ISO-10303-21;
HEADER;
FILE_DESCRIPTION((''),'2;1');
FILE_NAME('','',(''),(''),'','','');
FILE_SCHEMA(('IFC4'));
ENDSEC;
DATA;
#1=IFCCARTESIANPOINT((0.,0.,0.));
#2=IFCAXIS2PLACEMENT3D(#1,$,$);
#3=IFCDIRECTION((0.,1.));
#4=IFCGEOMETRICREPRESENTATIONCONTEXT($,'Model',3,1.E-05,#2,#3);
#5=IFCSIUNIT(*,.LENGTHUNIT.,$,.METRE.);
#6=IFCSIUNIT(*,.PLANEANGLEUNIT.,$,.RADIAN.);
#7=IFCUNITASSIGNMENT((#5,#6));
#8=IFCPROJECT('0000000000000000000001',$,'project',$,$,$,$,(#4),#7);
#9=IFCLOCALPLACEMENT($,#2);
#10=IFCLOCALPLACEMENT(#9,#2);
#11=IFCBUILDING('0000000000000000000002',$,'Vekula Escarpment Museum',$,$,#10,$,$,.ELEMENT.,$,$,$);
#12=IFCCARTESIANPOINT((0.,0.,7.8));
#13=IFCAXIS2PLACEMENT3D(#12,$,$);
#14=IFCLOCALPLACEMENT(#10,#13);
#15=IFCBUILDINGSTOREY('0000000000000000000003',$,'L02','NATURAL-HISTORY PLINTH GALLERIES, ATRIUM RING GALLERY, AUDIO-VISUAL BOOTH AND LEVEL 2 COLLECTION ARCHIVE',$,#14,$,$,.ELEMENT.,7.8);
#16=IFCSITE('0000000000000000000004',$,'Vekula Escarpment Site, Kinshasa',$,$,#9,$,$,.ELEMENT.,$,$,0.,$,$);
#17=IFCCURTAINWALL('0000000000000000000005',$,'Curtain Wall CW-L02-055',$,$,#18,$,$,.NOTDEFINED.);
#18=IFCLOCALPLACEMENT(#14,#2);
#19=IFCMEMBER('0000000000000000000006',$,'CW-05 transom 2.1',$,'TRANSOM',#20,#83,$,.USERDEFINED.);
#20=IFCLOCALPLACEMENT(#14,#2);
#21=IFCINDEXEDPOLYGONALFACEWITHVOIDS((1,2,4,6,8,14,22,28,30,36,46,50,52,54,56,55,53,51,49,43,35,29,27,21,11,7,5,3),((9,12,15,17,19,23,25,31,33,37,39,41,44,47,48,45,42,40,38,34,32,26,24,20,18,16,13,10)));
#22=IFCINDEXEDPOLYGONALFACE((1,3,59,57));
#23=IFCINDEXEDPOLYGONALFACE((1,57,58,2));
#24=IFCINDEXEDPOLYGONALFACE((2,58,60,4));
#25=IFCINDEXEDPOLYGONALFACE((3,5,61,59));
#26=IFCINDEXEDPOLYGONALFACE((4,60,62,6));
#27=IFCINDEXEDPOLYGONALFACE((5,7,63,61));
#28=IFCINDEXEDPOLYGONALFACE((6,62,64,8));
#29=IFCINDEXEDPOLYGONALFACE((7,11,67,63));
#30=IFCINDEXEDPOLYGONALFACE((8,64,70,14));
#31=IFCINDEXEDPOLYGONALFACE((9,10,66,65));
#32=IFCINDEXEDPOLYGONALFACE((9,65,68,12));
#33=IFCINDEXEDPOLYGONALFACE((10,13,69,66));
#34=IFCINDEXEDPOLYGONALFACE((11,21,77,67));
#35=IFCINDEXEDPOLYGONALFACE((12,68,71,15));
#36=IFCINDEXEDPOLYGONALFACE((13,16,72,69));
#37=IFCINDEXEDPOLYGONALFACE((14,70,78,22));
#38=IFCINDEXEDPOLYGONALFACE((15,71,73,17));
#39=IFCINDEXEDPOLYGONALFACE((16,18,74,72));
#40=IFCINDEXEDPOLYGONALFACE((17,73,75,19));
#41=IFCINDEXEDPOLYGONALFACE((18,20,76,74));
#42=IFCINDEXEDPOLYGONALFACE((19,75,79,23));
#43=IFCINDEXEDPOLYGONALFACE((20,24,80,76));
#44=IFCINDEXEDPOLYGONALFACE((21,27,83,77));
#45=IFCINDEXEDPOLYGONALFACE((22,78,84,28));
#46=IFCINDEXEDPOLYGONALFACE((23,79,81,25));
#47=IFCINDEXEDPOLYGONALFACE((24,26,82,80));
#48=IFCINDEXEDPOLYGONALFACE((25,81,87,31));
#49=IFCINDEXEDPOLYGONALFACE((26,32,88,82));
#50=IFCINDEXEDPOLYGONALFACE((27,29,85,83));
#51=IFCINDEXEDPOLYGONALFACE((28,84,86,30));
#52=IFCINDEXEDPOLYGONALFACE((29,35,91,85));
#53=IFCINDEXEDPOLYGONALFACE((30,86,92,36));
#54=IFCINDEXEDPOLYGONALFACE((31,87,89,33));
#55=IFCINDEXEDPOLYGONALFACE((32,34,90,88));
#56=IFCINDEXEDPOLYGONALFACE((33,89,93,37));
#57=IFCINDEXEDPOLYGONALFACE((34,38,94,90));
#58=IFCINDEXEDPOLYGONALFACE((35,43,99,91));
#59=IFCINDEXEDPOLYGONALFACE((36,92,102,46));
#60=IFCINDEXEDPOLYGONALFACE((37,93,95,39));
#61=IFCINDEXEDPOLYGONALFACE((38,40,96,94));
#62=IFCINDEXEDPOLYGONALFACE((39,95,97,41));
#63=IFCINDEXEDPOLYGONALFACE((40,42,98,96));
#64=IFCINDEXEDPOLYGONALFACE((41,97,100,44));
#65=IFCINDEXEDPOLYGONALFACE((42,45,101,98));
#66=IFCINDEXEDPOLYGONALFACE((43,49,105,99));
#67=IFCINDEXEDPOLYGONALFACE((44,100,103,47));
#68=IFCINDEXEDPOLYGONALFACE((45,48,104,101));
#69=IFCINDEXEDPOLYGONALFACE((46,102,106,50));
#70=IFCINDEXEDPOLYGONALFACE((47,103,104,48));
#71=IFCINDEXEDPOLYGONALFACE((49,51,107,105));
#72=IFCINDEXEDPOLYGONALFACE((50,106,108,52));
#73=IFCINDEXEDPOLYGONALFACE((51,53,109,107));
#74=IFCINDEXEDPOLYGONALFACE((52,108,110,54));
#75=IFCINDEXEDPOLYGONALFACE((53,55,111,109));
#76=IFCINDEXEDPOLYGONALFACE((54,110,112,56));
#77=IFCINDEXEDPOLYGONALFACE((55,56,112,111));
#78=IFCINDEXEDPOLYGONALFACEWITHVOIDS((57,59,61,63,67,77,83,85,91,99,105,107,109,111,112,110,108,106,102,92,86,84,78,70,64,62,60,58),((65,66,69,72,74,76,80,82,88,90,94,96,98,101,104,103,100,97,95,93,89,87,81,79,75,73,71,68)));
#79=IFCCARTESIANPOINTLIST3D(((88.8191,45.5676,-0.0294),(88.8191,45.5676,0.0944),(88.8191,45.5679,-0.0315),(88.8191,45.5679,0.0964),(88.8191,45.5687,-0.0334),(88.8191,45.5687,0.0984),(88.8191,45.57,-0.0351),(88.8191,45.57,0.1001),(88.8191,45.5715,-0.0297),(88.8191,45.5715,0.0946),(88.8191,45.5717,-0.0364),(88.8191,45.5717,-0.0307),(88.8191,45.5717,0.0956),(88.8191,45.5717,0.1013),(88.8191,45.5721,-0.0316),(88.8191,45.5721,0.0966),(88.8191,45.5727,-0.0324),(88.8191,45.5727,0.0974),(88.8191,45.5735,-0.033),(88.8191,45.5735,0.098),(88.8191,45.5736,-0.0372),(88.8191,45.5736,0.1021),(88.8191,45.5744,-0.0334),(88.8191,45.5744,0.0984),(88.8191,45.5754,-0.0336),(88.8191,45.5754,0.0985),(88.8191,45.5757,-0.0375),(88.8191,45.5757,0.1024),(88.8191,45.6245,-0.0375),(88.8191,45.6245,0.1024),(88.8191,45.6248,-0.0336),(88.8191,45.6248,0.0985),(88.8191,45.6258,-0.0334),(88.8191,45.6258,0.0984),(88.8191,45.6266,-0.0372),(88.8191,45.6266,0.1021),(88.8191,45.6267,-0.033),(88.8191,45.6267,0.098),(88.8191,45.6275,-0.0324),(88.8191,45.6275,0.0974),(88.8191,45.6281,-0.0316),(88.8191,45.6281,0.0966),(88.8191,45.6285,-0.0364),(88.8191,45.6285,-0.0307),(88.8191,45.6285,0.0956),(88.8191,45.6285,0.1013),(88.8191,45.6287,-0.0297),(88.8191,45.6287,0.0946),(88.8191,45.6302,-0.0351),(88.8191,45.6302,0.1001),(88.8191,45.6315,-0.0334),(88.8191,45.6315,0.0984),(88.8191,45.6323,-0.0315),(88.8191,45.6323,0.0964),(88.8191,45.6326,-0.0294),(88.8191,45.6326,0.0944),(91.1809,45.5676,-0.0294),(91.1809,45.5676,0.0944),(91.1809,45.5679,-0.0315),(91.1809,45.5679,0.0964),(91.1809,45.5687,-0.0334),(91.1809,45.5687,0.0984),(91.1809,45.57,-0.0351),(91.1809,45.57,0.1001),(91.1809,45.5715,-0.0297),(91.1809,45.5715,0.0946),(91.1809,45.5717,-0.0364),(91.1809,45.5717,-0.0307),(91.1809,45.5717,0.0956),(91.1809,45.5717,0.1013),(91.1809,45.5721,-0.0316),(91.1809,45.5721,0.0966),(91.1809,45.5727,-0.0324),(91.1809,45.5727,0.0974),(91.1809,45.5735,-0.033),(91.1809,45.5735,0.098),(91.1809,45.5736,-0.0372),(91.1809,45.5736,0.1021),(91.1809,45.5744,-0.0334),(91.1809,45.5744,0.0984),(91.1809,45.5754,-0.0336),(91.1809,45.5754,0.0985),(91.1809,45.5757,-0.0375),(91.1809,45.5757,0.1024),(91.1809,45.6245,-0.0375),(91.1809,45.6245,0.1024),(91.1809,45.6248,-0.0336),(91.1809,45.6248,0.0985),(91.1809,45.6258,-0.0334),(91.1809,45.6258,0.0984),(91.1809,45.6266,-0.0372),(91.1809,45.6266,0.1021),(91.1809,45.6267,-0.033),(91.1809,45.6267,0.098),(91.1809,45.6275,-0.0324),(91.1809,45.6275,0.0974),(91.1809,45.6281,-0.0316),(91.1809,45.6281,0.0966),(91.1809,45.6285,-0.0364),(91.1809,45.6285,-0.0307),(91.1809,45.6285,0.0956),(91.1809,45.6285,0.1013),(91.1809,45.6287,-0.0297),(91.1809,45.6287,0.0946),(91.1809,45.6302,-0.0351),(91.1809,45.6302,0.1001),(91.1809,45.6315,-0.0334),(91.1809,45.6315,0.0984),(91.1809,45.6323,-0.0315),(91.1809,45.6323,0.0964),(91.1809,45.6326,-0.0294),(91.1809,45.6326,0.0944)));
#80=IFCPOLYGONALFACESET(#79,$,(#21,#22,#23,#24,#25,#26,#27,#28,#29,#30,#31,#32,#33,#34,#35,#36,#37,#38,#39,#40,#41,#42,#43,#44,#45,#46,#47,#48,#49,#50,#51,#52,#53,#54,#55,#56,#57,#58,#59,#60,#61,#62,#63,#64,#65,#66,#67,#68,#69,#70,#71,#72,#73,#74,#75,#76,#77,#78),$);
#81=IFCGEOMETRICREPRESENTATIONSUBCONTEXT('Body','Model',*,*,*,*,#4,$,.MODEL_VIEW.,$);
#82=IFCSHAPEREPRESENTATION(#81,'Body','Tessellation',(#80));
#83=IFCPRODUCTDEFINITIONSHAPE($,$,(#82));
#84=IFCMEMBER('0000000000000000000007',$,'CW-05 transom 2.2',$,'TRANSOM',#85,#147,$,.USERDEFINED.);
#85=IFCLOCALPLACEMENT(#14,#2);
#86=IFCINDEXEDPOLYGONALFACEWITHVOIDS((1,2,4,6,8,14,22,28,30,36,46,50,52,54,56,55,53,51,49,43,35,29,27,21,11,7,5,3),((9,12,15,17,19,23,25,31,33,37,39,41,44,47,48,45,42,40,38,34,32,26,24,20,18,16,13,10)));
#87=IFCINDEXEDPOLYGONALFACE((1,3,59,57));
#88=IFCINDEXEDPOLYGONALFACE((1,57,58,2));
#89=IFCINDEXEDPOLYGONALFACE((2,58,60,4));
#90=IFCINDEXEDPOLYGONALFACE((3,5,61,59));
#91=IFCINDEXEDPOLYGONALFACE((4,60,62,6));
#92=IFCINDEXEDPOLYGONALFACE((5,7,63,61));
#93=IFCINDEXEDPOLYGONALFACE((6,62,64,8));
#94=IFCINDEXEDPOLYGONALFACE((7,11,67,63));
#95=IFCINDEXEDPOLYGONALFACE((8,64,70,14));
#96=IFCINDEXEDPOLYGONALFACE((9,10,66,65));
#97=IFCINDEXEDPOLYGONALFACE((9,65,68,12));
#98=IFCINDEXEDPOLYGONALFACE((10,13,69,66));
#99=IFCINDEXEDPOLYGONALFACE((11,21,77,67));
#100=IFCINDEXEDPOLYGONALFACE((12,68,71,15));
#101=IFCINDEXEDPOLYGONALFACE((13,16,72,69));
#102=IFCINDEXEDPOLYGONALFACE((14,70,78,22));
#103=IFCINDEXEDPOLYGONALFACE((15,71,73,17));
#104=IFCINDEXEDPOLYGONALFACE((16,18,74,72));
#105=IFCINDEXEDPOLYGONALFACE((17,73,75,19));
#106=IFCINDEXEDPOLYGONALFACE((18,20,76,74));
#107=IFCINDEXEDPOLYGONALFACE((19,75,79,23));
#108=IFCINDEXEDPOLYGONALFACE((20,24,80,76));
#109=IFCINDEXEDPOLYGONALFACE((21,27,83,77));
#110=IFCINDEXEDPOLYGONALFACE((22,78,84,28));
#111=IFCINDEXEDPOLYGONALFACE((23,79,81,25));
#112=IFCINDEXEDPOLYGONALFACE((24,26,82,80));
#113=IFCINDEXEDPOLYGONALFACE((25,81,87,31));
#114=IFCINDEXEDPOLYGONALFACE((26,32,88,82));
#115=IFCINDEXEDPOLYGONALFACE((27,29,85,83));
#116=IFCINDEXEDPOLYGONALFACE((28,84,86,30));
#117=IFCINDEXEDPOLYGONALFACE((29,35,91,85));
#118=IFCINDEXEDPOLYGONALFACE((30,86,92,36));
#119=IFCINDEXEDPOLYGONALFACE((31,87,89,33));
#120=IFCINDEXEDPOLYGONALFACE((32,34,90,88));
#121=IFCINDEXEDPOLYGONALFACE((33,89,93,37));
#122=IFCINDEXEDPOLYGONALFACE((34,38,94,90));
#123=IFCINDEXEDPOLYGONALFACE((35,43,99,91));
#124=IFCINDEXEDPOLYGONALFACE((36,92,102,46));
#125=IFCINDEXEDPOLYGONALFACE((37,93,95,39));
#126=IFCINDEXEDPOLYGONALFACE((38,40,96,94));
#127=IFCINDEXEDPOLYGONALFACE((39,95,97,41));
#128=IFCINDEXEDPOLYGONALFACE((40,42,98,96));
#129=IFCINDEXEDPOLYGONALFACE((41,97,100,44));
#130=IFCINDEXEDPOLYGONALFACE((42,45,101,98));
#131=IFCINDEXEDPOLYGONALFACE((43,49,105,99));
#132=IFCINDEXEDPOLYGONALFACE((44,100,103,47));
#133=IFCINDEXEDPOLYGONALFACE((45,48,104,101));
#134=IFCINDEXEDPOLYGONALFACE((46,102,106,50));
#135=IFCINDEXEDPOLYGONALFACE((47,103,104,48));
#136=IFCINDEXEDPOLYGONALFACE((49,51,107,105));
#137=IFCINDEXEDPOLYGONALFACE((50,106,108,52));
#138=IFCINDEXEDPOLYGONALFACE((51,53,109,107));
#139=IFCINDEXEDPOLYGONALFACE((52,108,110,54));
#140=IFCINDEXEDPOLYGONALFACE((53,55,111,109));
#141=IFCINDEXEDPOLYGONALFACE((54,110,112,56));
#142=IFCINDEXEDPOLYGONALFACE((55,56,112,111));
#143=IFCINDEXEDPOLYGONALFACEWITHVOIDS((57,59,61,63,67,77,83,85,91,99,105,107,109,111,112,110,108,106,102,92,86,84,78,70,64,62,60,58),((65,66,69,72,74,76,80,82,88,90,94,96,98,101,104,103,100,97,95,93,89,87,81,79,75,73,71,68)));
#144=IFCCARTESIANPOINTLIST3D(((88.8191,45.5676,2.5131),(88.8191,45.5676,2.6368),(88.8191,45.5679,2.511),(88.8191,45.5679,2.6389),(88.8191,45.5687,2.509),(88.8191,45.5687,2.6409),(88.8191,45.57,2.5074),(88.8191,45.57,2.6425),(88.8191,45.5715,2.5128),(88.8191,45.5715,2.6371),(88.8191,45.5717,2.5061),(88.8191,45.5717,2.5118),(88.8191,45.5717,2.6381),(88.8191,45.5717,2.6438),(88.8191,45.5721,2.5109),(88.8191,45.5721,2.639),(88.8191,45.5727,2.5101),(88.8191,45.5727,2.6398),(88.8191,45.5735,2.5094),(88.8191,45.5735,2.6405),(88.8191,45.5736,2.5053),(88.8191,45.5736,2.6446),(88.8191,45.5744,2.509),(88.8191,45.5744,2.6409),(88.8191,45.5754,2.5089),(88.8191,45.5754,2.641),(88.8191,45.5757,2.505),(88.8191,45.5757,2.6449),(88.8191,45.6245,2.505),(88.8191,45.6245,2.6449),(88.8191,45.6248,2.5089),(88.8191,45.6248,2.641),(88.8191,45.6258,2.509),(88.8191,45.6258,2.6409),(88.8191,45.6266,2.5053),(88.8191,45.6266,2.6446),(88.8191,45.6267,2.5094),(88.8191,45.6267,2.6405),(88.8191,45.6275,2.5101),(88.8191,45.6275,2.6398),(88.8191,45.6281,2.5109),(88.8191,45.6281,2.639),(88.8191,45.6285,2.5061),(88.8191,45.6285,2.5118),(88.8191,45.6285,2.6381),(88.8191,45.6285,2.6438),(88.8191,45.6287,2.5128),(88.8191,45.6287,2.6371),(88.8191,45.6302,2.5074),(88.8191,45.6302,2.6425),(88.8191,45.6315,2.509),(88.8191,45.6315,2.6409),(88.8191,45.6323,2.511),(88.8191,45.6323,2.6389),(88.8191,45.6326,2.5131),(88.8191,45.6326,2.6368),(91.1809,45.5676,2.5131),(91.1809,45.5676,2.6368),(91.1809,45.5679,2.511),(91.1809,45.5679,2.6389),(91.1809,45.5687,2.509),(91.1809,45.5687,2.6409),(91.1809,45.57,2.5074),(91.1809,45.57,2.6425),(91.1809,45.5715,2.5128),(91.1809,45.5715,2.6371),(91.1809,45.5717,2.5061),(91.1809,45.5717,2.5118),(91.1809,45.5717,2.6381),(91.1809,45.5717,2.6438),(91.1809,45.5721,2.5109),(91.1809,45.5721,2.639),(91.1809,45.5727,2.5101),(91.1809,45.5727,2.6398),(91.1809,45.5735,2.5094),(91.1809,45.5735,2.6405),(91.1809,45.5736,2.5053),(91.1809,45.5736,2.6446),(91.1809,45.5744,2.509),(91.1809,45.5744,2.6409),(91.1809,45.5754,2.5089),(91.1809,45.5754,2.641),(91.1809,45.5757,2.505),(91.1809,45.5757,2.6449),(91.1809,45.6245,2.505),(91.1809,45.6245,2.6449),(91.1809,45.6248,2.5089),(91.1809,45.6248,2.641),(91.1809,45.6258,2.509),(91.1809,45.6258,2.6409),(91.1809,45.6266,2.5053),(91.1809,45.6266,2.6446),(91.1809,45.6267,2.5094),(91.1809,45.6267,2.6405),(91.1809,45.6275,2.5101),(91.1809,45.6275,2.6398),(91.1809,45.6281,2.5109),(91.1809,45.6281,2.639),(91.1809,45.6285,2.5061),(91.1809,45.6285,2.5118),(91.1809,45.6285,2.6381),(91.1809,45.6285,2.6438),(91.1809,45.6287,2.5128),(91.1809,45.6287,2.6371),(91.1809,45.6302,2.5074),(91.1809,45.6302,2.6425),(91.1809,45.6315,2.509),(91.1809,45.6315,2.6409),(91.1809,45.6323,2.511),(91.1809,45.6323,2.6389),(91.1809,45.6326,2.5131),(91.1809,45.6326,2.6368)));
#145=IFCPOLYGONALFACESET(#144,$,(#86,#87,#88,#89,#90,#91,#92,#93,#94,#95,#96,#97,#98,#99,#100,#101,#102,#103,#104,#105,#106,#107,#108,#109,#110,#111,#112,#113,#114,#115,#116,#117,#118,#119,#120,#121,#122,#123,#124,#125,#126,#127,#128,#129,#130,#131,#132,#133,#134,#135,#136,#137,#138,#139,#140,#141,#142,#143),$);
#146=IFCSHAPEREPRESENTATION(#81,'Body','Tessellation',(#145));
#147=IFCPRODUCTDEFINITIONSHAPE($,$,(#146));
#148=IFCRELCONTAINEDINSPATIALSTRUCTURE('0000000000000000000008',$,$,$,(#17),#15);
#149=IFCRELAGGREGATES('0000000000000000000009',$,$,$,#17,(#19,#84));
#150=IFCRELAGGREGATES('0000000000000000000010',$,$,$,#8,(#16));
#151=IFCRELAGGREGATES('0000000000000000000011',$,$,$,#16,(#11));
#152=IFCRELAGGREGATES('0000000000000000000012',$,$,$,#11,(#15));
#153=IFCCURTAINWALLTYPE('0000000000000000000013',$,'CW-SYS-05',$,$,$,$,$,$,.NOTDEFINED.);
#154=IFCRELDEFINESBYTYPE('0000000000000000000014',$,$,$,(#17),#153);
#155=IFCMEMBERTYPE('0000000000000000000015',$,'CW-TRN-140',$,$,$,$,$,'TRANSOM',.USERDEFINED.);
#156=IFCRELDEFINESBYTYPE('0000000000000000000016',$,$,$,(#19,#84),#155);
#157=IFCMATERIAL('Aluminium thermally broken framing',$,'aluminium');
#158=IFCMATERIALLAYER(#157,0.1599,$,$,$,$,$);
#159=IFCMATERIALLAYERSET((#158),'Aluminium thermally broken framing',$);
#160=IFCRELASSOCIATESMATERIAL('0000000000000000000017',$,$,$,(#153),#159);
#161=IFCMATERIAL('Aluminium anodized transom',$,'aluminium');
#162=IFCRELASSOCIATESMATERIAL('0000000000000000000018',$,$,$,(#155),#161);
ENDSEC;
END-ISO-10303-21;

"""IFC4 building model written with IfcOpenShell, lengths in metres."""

from ifc_helpers import new_model, si_unit, direction, frame, origin, origin_2d, place, context, subcontext, project, spatial, hollow_rectangle, extrude, material, layer, layer_set, material_profile, profile_set, type_object, element, aggregate, save


model = new_model("IFC4")

# Units and contexts
model_context = context("Model", 3, precision=1e-05, world=origin(), true_north=direction((0.0, 1.0)))
body_context = subcontext(model_context, "Body", "Model", "MODEL_VIEW")
ifc_project = project(units=[si_unit("LENGTHUNIT", "METRE"), si_unit("PLANEANGLEUNIT", "RADIAN")], contexts=[model_context])

# Site, building, storey
site_placement = place(None, origin())
site = spatial("IfcSite", under=ifc_project, at=site_placement, Name="Vekula Escarpment Site, Kinshasa", CompositionType="ELEMENT", RefElevation=0.0)
building_placement = place(site_placement, origin())
building = spatial("IfcBuilding", under=site, at=building_placement, Name="Vekula Escarpment Museum", CompositionType="ELEMENT")
storey_placement = place(building_placement, frame((0.0, 0.0, 7.8)))
storey = spatial("IfcBuildingStorey", under=building, at=storey_placement, Name="L02", Description="NATURAL-HISTORY PLINTH GALLERIES, ATRIUM RING GALLERY, AUDIO-VISUAL BOOTH AND LEVEL 2 COLLECTION ARCHIVE", CompositionType="ELEMENT", Elevation=7.8)

# Curtain wall
ifc_material_1 = material(Name="Aluminium thermally broken framing", Category="aluminium")
ifc_layer_1 = layer(ifc_material_1, 0.1599)
ifc_layer_set_1 = layer_set([ifc_layer_1], Name="Aluminium thermally broken framing")
curtain_wall_type_1 = type_object("IfcCurtainWallType", Name="CW-SYS-05", PredefinedType="NOTDEFINED", material=ifc_layer_set_1)
curtain_wall_1_placement = place(storey_placement, origin())
curtain_wall_1 = element("IfcCurtainWall", 1, at=curtain_wall_1_placement, inside=storey, type_object=curtain_wall_type_1, Name="Curtain Wall CW-L02-055", PredefinedType="NOTDEFINED")

# Members
ifc_material_2 = material(Name="Aluminium anodized transom", Category="aluminium")
ifc_material_profile_1 = material_profile(ifc_material_2, hollow_rectangle(XDim=0.0649, YDim=0.1399, WallThickness=0.0039, InnerFilletRadius=0.0039, OuterFilletRadius=0.0081, at=origin_2d()), Name="ALU 140x65x4")
ifc_profile_set_1 = profile_set([ifc_material_profile_1], Name="Aluminium anodized transom")
member_type_1 = type_object("IfcMemberType", Name="CW-TRN-140", ElementType="TRANSOM", PredefinedType="USERDEFINED", material=ifc_profile_set_1)
member_1_placement = place(storey_placement, frame((88.8191, 45.6001, 0.0325), z_axis=(1.0, 0.0, 0.0), x_axis=(0.0, 1.0, 0.0)))
member_1 = element("IfcMember", 2, at=member_1_placement, type_object=member_type_1, Name="CW-05 transom 2.1", ObjectType="TRANSOM", PredefinedType="USERDEFINED", context=body_context, shape_type="SweptSolid", body=[
    extrude(hollow_rectangle(XDim=0.0649, YDim=0.1399, WallThickness=0.0039, InnerFilletRadius=0.0039, OuterFilletRadius=0.0081, at=origin_2d()), origin(), (0.0, 0.0, 1.0), 2.3618),
])
member_2_placement = place(storey_placement, frame((88.8191, 45.6001, 2.575), z_axis=(1.0, 0.0, 0.0), x_axis=(0.0, 1.0, 0.0)))
member_2 = element("IfcMember", 3, at=member_2_placement, type_object=member_type_1, Name="CW-05 transom 2.2", ObjectType="TRANSOM", PredefinedType="USERDEFINED", context=body_context, shape_type="SweptSolid", body=[
    extrude(hollow_rectangle(XDim=0.0649, YDim=0.1399, WallThickness=0.0039, InnerFilletRadius=0.0039, OuterFilletRadius=0.0081, at=origin_2d()), origin(), (0.0, 0.0, 1.0), 2.3618),
])

aggregate(curtain_wall_1, [member_1, member_2])

save(model, "model.ifc")
